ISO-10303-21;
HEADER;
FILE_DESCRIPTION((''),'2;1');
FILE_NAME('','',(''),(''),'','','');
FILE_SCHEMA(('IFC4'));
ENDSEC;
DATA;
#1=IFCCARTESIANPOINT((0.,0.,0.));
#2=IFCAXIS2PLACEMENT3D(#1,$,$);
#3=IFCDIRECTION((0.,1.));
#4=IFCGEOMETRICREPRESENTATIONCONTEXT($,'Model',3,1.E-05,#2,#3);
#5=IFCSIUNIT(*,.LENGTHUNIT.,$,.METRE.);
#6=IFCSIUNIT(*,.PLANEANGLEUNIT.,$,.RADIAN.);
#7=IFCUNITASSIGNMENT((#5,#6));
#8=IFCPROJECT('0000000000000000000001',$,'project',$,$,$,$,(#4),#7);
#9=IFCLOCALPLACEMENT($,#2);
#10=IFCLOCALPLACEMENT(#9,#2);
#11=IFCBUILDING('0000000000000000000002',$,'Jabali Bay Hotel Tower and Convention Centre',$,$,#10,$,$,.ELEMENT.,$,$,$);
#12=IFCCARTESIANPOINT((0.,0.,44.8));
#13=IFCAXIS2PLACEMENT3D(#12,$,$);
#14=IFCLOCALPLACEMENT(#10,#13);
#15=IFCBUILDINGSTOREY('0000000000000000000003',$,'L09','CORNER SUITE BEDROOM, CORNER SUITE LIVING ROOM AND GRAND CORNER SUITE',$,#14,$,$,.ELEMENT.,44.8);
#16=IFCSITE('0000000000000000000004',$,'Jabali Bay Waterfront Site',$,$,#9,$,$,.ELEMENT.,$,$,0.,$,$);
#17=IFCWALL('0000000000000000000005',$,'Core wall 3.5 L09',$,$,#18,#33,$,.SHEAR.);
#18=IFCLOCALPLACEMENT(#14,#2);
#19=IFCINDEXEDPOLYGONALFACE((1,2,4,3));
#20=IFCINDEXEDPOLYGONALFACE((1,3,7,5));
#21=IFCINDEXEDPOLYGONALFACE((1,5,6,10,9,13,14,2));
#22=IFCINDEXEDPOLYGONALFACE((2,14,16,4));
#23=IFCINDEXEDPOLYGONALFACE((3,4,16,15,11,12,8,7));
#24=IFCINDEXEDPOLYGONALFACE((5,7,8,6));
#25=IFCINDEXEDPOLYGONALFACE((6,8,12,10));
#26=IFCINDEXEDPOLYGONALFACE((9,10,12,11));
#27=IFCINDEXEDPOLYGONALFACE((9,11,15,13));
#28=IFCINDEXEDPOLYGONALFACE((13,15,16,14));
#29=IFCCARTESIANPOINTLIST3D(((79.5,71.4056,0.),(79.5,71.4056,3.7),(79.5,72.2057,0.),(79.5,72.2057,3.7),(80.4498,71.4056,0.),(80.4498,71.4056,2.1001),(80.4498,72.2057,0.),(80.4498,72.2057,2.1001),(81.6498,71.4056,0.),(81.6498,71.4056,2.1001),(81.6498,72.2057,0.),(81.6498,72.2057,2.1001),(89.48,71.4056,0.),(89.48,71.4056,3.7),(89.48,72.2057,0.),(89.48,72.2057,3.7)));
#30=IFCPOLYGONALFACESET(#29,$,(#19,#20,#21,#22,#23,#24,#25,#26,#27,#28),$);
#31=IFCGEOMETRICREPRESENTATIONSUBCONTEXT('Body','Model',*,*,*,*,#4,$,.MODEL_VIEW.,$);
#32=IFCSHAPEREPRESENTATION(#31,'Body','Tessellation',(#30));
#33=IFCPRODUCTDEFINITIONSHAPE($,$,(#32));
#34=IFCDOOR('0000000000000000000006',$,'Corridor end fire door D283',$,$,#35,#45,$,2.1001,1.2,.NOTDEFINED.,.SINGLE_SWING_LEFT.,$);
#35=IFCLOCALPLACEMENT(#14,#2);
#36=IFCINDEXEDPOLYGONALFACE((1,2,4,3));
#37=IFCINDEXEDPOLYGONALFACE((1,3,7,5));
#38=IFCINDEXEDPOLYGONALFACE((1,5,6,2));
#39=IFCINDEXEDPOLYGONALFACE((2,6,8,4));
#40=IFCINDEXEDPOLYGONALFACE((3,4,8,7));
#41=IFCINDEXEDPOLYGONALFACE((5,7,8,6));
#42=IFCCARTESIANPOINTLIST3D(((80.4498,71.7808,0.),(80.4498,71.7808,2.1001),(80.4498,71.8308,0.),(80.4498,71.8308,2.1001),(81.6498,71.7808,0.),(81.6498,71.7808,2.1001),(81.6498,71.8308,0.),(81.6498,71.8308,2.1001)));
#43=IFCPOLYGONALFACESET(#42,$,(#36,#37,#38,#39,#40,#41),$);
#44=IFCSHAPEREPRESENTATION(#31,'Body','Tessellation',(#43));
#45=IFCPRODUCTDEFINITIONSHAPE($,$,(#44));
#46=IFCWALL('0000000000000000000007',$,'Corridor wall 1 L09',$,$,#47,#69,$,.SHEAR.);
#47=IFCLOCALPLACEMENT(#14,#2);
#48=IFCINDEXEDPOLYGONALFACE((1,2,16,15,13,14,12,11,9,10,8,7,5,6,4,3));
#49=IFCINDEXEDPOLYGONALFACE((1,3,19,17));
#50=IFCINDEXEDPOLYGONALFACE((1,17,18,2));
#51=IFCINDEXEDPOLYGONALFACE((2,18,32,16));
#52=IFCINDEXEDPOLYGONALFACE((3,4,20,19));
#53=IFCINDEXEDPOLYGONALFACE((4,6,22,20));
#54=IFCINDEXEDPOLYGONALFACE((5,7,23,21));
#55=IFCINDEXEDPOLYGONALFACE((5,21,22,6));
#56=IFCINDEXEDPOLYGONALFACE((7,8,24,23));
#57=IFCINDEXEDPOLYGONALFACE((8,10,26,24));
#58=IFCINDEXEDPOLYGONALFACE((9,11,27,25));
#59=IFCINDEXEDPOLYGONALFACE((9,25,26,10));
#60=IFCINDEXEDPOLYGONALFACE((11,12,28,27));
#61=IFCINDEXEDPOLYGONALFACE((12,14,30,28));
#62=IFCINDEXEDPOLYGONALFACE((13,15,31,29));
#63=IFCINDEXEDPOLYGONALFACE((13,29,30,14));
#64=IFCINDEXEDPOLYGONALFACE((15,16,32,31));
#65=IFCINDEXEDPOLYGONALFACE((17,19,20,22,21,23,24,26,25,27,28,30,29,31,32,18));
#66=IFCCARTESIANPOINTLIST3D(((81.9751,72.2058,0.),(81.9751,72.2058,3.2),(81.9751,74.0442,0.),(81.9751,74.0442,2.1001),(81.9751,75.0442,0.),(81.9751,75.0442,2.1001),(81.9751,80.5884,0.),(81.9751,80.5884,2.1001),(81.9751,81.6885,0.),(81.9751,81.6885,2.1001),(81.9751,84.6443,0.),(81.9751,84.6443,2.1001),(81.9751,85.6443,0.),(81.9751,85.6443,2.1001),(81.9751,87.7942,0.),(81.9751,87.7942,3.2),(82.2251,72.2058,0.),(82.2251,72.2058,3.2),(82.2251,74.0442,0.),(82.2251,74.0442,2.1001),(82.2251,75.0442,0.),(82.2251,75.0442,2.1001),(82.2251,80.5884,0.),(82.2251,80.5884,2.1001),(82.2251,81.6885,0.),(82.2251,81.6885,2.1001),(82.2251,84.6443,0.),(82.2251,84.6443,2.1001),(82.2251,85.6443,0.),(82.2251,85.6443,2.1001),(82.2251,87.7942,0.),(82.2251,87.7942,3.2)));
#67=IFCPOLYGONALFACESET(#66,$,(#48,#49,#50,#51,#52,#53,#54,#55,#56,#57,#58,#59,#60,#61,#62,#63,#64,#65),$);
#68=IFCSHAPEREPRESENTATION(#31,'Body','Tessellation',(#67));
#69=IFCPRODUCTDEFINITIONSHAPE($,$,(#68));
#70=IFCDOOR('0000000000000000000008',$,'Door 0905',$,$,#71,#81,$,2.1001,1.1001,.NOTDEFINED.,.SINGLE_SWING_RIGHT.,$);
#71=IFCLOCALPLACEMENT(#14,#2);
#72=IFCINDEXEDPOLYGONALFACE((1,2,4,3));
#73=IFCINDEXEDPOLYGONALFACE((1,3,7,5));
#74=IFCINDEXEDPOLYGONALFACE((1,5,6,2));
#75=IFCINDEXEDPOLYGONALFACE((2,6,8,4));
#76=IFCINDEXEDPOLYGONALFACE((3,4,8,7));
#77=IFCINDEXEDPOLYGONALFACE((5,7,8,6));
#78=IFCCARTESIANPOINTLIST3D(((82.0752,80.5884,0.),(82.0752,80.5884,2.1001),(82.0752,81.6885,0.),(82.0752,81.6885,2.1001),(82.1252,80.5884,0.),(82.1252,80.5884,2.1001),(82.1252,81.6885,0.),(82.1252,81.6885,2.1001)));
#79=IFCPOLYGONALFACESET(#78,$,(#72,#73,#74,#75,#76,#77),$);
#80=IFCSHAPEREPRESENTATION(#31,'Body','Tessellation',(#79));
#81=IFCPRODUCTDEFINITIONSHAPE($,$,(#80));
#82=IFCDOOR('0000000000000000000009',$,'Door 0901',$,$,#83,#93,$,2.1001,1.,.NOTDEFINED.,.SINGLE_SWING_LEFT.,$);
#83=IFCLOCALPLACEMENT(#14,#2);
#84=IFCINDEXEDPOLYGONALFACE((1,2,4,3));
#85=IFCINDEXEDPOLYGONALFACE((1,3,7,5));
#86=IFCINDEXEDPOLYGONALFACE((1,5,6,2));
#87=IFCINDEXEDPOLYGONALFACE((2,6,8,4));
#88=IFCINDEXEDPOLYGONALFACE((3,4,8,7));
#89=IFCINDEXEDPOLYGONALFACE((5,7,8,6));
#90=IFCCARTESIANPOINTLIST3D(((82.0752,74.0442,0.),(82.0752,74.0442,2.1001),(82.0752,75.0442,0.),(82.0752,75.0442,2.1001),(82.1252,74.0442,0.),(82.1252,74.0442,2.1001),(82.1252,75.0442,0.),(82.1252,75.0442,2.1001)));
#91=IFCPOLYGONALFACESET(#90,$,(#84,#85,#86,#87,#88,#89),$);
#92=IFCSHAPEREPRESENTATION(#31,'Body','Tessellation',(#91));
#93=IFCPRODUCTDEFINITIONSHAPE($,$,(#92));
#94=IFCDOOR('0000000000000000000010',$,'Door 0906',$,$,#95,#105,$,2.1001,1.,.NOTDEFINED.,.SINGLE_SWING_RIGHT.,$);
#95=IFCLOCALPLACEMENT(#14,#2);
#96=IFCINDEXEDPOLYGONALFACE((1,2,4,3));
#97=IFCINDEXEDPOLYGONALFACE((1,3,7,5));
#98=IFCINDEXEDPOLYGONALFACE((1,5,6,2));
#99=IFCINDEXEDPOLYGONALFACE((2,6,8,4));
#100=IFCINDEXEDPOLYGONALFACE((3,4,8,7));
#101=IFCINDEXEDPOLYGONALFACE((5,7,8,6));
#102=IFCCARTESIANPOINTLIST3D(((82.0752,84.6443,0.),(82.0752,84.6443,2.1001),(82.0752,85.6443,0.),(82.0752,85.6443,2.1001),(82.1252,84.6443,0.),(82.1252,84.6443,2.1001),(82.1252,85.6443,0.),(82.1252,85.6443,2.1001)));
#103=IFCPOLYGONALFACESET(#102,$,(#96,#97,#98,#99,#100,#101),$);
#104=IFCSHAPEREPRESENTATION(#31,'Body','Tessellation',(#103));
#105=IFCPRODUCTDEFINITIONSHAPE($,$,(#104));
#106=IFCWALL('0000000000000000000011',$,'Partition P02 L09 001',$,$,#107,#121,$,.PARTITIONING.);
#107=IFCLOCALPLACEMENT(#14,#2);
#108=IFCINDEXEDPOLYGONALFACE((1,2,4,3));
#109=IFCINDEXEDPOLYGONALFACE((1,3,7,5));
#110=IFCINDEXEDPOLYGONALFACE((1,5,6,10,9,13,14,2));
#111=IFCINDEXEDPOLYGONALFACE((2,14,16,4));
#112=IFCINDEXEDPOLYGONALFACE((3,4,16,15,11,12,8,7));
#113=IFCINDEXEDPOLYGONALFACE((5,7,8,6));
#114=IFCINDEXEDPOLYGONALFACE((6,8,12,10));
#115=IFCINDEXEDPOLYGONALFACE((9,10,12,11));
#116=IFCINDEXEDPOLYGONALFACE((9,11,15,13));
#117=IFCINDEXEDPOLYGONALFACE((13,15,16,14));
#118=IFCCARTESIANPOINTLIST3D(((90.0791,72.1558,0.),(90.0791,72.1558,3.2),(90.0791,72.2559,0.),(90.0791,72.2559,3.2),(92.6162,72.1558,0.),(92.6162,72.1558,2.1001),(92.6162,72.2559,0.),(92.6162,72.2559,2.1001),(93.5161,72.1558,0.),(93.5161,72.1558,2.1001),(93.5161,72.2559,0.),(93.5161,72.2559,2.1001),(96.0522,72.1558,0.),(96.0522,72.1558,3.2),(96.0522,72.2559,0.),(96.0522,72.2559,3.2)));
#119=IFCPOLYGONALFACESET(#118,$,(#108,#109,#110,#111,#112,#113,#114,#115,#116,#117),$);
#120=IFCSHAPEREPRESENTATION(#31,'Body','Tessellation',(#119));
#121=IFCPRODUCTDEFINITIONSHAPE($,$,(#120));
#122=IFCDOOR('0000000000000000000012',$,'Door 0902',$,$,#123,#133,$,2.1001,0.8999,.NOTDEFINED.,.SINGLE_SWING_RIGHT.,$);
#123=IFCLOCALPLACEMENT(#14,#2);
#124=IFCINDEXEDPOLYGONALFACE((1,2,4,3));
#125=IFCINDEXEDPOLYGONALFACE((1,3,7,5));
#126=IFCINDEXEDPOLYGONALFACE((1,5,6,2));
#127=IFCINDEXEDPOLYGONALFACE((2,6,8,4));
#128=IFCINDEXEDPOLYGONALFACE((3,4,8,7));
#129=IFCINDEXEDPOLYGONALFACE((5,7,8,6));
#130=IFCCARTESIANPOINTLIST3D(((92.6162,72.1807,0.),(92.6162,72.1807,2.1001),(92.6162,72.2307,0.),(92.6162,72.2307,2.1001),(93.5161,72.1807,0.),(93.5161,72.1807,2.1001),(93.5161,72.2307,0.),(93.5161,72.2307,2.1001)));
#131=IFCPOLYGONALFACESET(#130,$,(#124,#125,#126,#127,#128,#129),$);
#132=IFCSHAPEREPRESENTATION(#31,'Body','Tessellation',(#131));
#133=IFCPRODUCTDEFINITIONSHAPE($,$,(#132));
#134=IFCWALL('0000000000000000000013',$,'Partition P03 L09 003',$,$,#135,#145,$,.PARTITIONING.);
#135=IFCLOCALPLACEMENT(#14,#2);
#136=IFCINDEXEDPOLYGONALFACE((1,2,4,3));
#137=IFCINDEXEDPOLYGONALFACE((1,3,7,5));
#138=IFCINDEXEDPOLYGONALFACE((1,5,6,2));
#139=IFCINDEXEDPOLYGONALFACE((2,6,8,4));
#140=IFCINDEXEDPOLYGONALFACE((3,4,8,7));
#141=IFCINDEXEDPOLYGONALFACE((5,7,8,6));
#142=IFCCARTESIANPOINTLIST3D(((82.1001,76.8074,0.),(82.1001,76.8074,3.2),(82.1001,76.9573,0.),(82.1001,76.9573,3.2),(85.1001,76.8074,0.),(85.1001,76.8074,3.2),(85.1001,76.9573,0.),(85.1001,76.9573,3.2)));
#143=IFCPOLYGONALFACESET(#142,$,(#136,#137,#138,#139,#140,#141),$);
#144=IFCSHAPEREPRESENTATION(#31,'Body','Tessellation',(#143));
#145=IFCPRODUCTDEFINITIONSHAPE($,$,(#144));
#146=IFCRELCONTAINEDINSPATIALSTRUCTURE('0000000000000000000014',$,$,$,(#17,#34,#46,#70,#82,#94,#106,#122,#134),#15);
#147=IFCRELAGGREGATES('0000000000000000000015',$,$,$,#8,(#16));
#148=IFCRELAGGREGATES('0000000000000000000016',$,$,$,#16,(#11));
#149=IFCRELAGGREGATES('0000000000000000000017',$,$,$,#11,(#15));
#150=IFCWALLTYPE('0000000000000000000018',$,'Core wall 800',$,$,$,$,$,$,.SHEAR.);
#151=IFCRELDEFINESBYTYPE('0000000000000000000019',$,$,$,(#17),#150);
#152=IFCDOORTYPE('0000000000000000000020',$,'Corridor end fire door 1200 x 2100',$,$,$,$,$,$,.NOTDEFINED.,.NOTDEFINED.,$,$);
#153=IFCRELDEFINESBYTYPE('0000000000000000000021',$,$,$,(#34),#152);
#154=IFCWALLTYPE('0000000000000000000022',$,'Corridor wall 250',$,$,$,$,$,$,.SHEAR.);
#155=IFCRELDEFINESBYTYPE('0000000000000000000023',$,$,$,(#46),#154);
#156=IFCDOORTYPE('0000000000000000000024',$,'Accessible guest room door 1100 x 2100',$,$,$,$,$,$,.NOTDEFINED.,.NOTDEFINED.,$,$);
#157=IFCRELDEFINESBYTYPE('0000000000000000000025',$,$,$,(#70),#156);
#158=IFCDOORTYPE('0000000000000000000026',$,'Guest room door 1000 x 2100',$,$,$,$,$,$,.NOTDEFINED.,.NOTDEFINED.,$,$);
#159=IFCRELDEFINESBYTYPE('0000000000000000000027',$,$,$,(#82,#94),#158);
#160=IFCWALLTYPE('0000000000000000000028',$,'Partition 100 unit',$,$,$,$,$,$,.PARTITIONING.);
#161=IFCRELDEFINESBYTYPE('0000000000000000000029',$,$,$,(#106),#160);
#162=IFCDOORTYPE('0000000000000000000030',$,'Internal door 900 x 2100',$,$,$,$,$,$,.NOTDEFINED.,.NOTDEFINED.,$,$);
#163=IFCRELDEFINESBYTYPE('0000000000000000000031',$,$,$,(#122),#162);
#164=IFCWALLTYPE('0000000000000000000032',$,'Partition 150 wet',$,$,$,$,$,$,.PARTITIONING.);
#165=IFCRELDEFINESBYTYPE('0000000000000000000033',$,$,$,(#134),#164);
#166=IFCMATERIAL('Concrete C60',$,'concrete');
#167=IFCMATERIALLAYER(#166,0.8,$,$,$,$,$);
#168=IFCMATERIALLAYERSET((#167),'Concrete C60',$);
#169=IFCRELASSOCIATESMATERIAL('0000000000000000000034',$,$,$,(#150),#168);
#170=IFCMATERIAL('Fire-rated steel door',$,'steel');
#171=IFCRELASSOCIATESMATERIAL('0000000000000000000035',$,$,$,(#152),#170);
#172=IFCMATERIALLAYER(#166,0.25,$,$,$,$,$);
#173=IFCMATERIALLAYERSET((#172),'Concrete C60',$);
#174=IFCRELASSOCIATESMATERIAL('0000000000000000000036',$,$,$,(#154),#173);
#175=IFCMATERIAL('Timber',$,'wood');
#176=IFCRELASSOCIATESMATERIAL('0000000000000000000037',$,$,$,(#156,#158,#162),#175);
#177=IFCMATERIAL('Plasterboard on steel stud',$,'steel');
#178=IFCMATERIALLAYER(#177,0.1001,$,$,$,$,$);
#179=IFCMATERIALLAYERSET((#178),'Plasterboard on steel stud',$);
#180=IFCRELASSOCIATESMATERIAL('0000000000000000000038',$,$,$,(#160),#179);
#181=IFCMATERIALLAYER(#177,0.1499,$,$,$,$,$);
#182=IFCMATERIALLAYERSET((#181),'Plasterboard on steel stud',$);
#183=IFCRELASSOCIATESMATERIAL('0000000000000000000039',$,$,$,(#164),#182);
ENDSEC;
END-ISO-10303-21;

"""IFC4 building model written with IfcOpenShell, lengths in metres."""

from ifc_helpers import new_model, si_unit, direction, frame, frame_2d, origin, place, context, subcontext, project, spatial, rectangle, extrude, material, layer, layer_set, type_object, element, fill, save


model = new_model("IFC4")

# Units and contexts
model_context = context("Model", 3, precision=1e-05, world=origin(), true_north=direction((0.0, 1.0)))
body_context = subcontext(model_context, "Body", "Model", "MODEL_VIEW")
ifc_project = project(units=[si_unit("LENGTHUNIT", "METRE"), si_unit("PLANEANGLEUNIT", "RADIAN")], contexts=[model_context])

# Site, building, storey
site_placement = place(None, origin())
site = spatial("IfcSite", under=ifc_project, at=site_placement, Name="Jabali Bay Waterfront Site", CompositionType="ELEMENT", RefElevation=0.0)
building_placement = place(site_placement, origin())
building = spatial("IfcBuilding", under=site, at=building_placement, Name="Jabali Bay Hotel Tower and Convention Centre", CompositionType="ELEMENT")
storey_placement = place(building_placement, frame((0.0, 0.0, 44.8)))
storey = spatial("IfcBuildingStorey", under=building, at=storey_placement, Name="L09", Description="CORNER SUITE BEDROOM, CORNER SUITE LIVING ROOM AND GRAND CORNER SUITE", CompositionType="ELEMENT", Elevation=44.8)

# Shared definitions
ifc_material_1 = material(Name="Concrete C60", Category="concrete")

# Shared definitions
ifc_material_2 = material(Name="Fire-rated steel door", Category="steel")

# Wall, opening, door
ifc_layer_1 = layer(ifc_material_1, 0.8)
ifc_layer_set_1 = layer_set([ifc_layer_1], Name="Concrete C60")
wall_type_1 = type_object("IfcWallType", Name="Core wall 800", PredefinedType="SHEAR", material=ifc_layer_set_1)
door_type_1 = type_object("IfcDoorType", Name="Corridor end fire door 1200 x 2100", OperationType="NOTDEFINED", PredefinedType="NOTDEFINED", material=ifc_material_2)
wall_1_placement = place(storey_placement, frame((89.48, 71.8057, 0.0), z_axis=(0.0, 0.0, 1.0), x_axis=(-1.0, 0.0, 0.0)))
wall_1 = element("IfcWall", 1, at=wall_1_placement, inside=storey, type_object=wall_type_1, Name="Core wall 3.5 L09", PredefinedType="SHEAR", context=body_context, shape_type="SweptSolid", body=[
    extrude(rectangle(XDim=9.98, YDim=0.8, at=frame_2d((4.99, 0.0))), origin(), (0.0, 0.0, 1.0), 3.7),
])
opening_1_placement = place(wall_1_placement, frame((7.8301, 0.0, 0.0)))
opening_1 = element("IfcOpeningElement", 2, at=opening_1_placement, cuts=wall_1, PredefinedType="OPENING", context=body_context, shape_type="SweptSolid", body=[
    extrude(rectangle(XDim=1.2, YDim=2.1001, at=frame_2d((0.6001, 1.05))), frame((0.0, 0.4106, 0.0), z_axis=(0.0, -1.0, 0.0), x_axis=(1.0, 0.0, 0.0)), (0.0, 0.0, 1.0), 0.821),
])
door_1_placement = place(opening_1_placement, origin())
door_1 = element("IfcDoor", 3, at=door_1_placement, inside=storey, type_object=door_type_1, Name="Corridor end fire door D283", OperationType="SINGLE_SWING_LEFT", OverallHeight=2.1001, OverallWidth=1.2, PredefinedType="NOTDEFINED", context=body_context, shape_type="SweptSolid", body=[
    extrude(rectangle(XDim=1.2, YDim=2.1001, at=frame_2d((0.6001, 1.05))), frame((0.0, 0.0249, 0.0), z_axis=(0.0, -1.0, 0.0), x_axis=(1.0, 0.0, 0.0)), (0.0, 0.0, 1.0), 0.05),
])
fill(opening_1, door_1)

# Wall, openings, doors
ifc_layer_2 = layer(ifc_material_1, 0.25)
ifc_layer_set_2 = layer_set([ifc_layer_2], Name="Concrete C60")
wall_type_2 = type_object("IfcWallType", Name="Corridor wall 250", PredefinedType="SHEAR", material=ifc_layer_set_2)
wall_2_placement = place(storey_placement, frame((82.1001, 72.2058, 0.0), z_axis=(0.0, 0.0, 1.0), x_axis=(0.0, 1.0, 0.0)))
wall_2 = element("IfcWall", 4, at=wall_2_placement, inside=storey, type_object=wall_type_2, Name="Corridor wall 1 L09", PredefinedType="SHEAR", context=body_context, shape_type="SweptSolid", body=[
    extrude(rectangle(XDim=15.5884, YDim=0.25, at=frame_2d((7.7942, 0.0))), origin(), (0.0, 0.0, 1.0), 3.2),
])
opening_2_placement = place(wall_2_placement, frame((1.8384, 0.0, 0.0)))
opening_2 = element("IfcOpeningElement", 5, at=opening_2_placement, cuts=wall_2, PredefinedType="OPENING", context=body_context, shape_type="SweptSolid", body=[
    extrude(rectangle(XDim=1.0, YDim=2.1001, at=frame_2d((0.5, 1.05))), frame((0.0, 0.1355, 0.0), z_axis=(0.0, -1.0, 0.0), x_axis=(1.0, 0.0, 0.0)), (0.0, 0.0, 1.0), 0.271),
])
opening_3_placement = place(wall_2_placement, frame((8.3826, 0.0, 0.0)))
opening_3 = element("IfcOpeningElement", 6, at=opening_3_placement, cuts=wall_2, PredefinedType="OPENING", context=body_context, shape_type="SweptSolid", body=[
    extrude(rectangle(XDim=1.1001, YDim=2.1001, at=frame_2d((0.55, 1.05))), frame((0.0, 0.1355, 0.0), z_axis=(0.0, -1.0, 0.0), x_axis=(1.0, 0.0, 0.0)), (0.0, 0.0, 1.0), 0.271),
])
opening_4_placement = place(wall_2_placement, frame((12.4385, 0.0, 0.0)))
opening_4 = element("IfcOpeningElement", 7, at=opening_4_placement, cuts=wall_2, PredefinedType="OPENING", context=body_context, shape_type="SweptSolid", body=[
    extrude(rectangle(XDim=1.0, YDim=2.1001, at=frame_2d((0.5, 1.05))), frame((0.0, 0.1355, 0.0), z_axis=(0.0, -1.0, 0.0), x_axis=(1.0, 0.0, 0.0)), (0.0, 0.0, 1.0), 0.271),
])
ifc_material_3 = material(Name="Timber", Category="wood")
door_type_2 = type_object("IfcDoorType", Name="Accessible guest room door 1100 x 2100", OperationType="NOTDEFINED", PredefinedType="NOTDEFINED", material=ifc_material_3)
door_2_placement = place(opening_3_placement, origin())
door_2 = element("IfcDoor", 8, at=door_2_placement, inside=storey, type_object=door_type_2, Name="Door 0905", OperationType="SINGLE_SWING_RIGHT", OverallHeight=2.1001, OverallWidth=1.1001, PredefinedType="NOTDEFINED", context=body_context, shape_type="SweptSolid", body=[
    extrude(rectangle(XDim=1.1001, YDim=2.1001, at=frame_2d((0.55, 1.05))), frame((0.0, 0.0249, 0.0), z_axis=(0.0, -1.0, 0.0), x_axis=(1.0, 0.0, 0.0)), (0.0, 0.0, 1.0), 0.05),
])
fill(opening_3, door_2)
door_type_3 = type_object("IfcDoorType", Name="Guest room door 1000 x 2100", OperationType="NOTDEFINED", PredefinedType="NOTDEFINED", material=ifc_material_3)
door_3_placement = place(opening_2_placement, origin())
door_3 = element("IfcDoor", 9, at=door_3_placement, inside=storey, type_object=door_type_3, Name="Door 0901", OperationType="SINGLE_SWING_LEFT", OverallHeight=2.1001, OverallWidth=1.0, PredefinedType="NOTDEFINED", context=body_context, shape_type="SweptSolid", body=[
    extrude(rectangle(XDim=1.0, YDim=2.1001, at=frame_2d((0.5, 1.05))), frame((0.0, 0.0249, 0.0), z_axis=(0.0, -1.0, 0.0), x_axis=(1.0, 0.0, 0.0)), (0.0, 0.0, 1.0), 0.05),
])
fill(opening_2, door_3)
door_4_placement = place(opening_4_placement, origin())
door_4 = element("IfcDoor", 10, at=door_4_placement, inside=storey, type_object=door_type_3, Name="Door 0906", OperationType="SINGLE_SWING_RIGHT", OverallHeight=2.1001, OverallWidth=1.0, PredefinedType="NOTDEFINED", context=body_context, shape_type="SweptSolid", body=[
    extrude(rectangle(XDim=1.0, YDim=2.1001, at=frame_2d((0.5, 1.05))), frame((0.0, 0.0249, 0.0), z_axis=(0.0, -1.0, 0.0), x_axis=(1.0, 0.0, 0.0)), (0.0, 0.0, 1.0), 0.05),
])
fill(opening_4, door_4)

# Wall, opening, door
ifc_material_4 = material(Name="Plasterboard on steel stud", Category="steel")
ifc_layer_3 = layer(ifc_material_4, 0.1001)
ifc_layer_set_3 = layer_set([ifc_layer_3], Name="Plasterboard on steel stud")
wall_type_3 = type_object("IfcWallType", Name="Partition 100 unit", PredefinedType="PARTITIONING", material=ifc_layer_set_3)
wall_3_placement = place(storey_placement, frame((90.0791, 72.2058, 0.0), z_axis=(0.0, 0.0, 1.0), x_axis=(1.0, 0.0, 0.0)))
wall_3 = element("IfcWall", 11, at=wall_3_placement, inside=storey, type_object=wall_type_3, Name="Partition P02 L09 001", PredefinedType="PARTITIONING", context=body_context, shape_type="SweptSolid", body=[
    extrude(rectangle(XDim=5.9731, YDim=0.1001, at=frame_2d((2.9866, 0.0))), origin(), (0.0, 0.0, 1.0), 3.2),
])
opening_5_placement = place(wall_3_placement, frame((2.5371, 0.0, 0.0)))
opening_5 = element("IfcOpeningElement", 12, at=opening_5_placement, cuts=wall_3, PredefinedType="OPENING", context=body_context, shape_type="SweptSolid", body=[
    extrude(rectangle(XDim=0.8999, YDim=2.1001, at=frame_2d((0.45, 1.05))), frame((0.0, 0.0605, 0.0), z_axis=(0.0, -1.0, 0.0), x_axis=(1.0, 0.0, 0.0)), (0.0, 0.0, 1.0), 0.1211),
])
door_type_4 = type_object("IfcDoorType", Name="Internal door 900 x 2100", OperationType="NOTDEFINED", PredefinedType="NOTDEFINED", material=ifc_material_3)
door_5_placement = place(opening_5_placement, origin())
door_5 = element("IfcDoor", 13, at=door_5_placement, inside=storey, type_object=door_type_4, Name="Door 0902", OperationType="SINGLE_SWING_RIGHT", OverallHeight=2.1001, OverallWidth=0.8999, PredefinedType="NOTDEFINED", context=body_context, shape_type="SweptSolid", body=[
    extrude(rectangle(XDim=0.8999, YDim=2.1001, at=frame_2d((0.45, 1.05))), frame((0.0, 0.0249, 0.0), z_axis=(0.0, -1.0, 0.0), x_axis=(1.0, 0.0, 0.0)), (0.0, 0.0, 1.0), 0.05),
])
fill(opening_5, door_5)

# Wall
ifc_layer_4 = layer(ifc_material_4, 0.1499)
ifc_layer_set_4 = layer_set([ifc_layer_4], Name="Plasterboard on steel stud")
wall_type_4 = type_object("IfcWallType", Name="Partition 150 wet", PredefinedType="PARTITIONING", material=ifc_layer_set_4)
wall_4_placement = place(storey_placement, frame((85.1001, 76.8823, 0.0), z_axis=(0.0, 0.0, 1.0), x_axis=(-1.0, 0.0, 0.0)))
element("IfcWall", 14, at=wall_4_placement, inside=storey, type_object=wall_type_4, Name="Partition P03 L09 003", PredefinedType="PARTITIONING", context=body_context, shape_type="SweptSolid", body=[
    extrude(rectangle(XDim=3.0, YDim=0.1499, at=frame_2d((1.5, 0.0))), origin(), (0.0, 0.0, 1.0), 3.2),
])

save(model, "model.ifc")
